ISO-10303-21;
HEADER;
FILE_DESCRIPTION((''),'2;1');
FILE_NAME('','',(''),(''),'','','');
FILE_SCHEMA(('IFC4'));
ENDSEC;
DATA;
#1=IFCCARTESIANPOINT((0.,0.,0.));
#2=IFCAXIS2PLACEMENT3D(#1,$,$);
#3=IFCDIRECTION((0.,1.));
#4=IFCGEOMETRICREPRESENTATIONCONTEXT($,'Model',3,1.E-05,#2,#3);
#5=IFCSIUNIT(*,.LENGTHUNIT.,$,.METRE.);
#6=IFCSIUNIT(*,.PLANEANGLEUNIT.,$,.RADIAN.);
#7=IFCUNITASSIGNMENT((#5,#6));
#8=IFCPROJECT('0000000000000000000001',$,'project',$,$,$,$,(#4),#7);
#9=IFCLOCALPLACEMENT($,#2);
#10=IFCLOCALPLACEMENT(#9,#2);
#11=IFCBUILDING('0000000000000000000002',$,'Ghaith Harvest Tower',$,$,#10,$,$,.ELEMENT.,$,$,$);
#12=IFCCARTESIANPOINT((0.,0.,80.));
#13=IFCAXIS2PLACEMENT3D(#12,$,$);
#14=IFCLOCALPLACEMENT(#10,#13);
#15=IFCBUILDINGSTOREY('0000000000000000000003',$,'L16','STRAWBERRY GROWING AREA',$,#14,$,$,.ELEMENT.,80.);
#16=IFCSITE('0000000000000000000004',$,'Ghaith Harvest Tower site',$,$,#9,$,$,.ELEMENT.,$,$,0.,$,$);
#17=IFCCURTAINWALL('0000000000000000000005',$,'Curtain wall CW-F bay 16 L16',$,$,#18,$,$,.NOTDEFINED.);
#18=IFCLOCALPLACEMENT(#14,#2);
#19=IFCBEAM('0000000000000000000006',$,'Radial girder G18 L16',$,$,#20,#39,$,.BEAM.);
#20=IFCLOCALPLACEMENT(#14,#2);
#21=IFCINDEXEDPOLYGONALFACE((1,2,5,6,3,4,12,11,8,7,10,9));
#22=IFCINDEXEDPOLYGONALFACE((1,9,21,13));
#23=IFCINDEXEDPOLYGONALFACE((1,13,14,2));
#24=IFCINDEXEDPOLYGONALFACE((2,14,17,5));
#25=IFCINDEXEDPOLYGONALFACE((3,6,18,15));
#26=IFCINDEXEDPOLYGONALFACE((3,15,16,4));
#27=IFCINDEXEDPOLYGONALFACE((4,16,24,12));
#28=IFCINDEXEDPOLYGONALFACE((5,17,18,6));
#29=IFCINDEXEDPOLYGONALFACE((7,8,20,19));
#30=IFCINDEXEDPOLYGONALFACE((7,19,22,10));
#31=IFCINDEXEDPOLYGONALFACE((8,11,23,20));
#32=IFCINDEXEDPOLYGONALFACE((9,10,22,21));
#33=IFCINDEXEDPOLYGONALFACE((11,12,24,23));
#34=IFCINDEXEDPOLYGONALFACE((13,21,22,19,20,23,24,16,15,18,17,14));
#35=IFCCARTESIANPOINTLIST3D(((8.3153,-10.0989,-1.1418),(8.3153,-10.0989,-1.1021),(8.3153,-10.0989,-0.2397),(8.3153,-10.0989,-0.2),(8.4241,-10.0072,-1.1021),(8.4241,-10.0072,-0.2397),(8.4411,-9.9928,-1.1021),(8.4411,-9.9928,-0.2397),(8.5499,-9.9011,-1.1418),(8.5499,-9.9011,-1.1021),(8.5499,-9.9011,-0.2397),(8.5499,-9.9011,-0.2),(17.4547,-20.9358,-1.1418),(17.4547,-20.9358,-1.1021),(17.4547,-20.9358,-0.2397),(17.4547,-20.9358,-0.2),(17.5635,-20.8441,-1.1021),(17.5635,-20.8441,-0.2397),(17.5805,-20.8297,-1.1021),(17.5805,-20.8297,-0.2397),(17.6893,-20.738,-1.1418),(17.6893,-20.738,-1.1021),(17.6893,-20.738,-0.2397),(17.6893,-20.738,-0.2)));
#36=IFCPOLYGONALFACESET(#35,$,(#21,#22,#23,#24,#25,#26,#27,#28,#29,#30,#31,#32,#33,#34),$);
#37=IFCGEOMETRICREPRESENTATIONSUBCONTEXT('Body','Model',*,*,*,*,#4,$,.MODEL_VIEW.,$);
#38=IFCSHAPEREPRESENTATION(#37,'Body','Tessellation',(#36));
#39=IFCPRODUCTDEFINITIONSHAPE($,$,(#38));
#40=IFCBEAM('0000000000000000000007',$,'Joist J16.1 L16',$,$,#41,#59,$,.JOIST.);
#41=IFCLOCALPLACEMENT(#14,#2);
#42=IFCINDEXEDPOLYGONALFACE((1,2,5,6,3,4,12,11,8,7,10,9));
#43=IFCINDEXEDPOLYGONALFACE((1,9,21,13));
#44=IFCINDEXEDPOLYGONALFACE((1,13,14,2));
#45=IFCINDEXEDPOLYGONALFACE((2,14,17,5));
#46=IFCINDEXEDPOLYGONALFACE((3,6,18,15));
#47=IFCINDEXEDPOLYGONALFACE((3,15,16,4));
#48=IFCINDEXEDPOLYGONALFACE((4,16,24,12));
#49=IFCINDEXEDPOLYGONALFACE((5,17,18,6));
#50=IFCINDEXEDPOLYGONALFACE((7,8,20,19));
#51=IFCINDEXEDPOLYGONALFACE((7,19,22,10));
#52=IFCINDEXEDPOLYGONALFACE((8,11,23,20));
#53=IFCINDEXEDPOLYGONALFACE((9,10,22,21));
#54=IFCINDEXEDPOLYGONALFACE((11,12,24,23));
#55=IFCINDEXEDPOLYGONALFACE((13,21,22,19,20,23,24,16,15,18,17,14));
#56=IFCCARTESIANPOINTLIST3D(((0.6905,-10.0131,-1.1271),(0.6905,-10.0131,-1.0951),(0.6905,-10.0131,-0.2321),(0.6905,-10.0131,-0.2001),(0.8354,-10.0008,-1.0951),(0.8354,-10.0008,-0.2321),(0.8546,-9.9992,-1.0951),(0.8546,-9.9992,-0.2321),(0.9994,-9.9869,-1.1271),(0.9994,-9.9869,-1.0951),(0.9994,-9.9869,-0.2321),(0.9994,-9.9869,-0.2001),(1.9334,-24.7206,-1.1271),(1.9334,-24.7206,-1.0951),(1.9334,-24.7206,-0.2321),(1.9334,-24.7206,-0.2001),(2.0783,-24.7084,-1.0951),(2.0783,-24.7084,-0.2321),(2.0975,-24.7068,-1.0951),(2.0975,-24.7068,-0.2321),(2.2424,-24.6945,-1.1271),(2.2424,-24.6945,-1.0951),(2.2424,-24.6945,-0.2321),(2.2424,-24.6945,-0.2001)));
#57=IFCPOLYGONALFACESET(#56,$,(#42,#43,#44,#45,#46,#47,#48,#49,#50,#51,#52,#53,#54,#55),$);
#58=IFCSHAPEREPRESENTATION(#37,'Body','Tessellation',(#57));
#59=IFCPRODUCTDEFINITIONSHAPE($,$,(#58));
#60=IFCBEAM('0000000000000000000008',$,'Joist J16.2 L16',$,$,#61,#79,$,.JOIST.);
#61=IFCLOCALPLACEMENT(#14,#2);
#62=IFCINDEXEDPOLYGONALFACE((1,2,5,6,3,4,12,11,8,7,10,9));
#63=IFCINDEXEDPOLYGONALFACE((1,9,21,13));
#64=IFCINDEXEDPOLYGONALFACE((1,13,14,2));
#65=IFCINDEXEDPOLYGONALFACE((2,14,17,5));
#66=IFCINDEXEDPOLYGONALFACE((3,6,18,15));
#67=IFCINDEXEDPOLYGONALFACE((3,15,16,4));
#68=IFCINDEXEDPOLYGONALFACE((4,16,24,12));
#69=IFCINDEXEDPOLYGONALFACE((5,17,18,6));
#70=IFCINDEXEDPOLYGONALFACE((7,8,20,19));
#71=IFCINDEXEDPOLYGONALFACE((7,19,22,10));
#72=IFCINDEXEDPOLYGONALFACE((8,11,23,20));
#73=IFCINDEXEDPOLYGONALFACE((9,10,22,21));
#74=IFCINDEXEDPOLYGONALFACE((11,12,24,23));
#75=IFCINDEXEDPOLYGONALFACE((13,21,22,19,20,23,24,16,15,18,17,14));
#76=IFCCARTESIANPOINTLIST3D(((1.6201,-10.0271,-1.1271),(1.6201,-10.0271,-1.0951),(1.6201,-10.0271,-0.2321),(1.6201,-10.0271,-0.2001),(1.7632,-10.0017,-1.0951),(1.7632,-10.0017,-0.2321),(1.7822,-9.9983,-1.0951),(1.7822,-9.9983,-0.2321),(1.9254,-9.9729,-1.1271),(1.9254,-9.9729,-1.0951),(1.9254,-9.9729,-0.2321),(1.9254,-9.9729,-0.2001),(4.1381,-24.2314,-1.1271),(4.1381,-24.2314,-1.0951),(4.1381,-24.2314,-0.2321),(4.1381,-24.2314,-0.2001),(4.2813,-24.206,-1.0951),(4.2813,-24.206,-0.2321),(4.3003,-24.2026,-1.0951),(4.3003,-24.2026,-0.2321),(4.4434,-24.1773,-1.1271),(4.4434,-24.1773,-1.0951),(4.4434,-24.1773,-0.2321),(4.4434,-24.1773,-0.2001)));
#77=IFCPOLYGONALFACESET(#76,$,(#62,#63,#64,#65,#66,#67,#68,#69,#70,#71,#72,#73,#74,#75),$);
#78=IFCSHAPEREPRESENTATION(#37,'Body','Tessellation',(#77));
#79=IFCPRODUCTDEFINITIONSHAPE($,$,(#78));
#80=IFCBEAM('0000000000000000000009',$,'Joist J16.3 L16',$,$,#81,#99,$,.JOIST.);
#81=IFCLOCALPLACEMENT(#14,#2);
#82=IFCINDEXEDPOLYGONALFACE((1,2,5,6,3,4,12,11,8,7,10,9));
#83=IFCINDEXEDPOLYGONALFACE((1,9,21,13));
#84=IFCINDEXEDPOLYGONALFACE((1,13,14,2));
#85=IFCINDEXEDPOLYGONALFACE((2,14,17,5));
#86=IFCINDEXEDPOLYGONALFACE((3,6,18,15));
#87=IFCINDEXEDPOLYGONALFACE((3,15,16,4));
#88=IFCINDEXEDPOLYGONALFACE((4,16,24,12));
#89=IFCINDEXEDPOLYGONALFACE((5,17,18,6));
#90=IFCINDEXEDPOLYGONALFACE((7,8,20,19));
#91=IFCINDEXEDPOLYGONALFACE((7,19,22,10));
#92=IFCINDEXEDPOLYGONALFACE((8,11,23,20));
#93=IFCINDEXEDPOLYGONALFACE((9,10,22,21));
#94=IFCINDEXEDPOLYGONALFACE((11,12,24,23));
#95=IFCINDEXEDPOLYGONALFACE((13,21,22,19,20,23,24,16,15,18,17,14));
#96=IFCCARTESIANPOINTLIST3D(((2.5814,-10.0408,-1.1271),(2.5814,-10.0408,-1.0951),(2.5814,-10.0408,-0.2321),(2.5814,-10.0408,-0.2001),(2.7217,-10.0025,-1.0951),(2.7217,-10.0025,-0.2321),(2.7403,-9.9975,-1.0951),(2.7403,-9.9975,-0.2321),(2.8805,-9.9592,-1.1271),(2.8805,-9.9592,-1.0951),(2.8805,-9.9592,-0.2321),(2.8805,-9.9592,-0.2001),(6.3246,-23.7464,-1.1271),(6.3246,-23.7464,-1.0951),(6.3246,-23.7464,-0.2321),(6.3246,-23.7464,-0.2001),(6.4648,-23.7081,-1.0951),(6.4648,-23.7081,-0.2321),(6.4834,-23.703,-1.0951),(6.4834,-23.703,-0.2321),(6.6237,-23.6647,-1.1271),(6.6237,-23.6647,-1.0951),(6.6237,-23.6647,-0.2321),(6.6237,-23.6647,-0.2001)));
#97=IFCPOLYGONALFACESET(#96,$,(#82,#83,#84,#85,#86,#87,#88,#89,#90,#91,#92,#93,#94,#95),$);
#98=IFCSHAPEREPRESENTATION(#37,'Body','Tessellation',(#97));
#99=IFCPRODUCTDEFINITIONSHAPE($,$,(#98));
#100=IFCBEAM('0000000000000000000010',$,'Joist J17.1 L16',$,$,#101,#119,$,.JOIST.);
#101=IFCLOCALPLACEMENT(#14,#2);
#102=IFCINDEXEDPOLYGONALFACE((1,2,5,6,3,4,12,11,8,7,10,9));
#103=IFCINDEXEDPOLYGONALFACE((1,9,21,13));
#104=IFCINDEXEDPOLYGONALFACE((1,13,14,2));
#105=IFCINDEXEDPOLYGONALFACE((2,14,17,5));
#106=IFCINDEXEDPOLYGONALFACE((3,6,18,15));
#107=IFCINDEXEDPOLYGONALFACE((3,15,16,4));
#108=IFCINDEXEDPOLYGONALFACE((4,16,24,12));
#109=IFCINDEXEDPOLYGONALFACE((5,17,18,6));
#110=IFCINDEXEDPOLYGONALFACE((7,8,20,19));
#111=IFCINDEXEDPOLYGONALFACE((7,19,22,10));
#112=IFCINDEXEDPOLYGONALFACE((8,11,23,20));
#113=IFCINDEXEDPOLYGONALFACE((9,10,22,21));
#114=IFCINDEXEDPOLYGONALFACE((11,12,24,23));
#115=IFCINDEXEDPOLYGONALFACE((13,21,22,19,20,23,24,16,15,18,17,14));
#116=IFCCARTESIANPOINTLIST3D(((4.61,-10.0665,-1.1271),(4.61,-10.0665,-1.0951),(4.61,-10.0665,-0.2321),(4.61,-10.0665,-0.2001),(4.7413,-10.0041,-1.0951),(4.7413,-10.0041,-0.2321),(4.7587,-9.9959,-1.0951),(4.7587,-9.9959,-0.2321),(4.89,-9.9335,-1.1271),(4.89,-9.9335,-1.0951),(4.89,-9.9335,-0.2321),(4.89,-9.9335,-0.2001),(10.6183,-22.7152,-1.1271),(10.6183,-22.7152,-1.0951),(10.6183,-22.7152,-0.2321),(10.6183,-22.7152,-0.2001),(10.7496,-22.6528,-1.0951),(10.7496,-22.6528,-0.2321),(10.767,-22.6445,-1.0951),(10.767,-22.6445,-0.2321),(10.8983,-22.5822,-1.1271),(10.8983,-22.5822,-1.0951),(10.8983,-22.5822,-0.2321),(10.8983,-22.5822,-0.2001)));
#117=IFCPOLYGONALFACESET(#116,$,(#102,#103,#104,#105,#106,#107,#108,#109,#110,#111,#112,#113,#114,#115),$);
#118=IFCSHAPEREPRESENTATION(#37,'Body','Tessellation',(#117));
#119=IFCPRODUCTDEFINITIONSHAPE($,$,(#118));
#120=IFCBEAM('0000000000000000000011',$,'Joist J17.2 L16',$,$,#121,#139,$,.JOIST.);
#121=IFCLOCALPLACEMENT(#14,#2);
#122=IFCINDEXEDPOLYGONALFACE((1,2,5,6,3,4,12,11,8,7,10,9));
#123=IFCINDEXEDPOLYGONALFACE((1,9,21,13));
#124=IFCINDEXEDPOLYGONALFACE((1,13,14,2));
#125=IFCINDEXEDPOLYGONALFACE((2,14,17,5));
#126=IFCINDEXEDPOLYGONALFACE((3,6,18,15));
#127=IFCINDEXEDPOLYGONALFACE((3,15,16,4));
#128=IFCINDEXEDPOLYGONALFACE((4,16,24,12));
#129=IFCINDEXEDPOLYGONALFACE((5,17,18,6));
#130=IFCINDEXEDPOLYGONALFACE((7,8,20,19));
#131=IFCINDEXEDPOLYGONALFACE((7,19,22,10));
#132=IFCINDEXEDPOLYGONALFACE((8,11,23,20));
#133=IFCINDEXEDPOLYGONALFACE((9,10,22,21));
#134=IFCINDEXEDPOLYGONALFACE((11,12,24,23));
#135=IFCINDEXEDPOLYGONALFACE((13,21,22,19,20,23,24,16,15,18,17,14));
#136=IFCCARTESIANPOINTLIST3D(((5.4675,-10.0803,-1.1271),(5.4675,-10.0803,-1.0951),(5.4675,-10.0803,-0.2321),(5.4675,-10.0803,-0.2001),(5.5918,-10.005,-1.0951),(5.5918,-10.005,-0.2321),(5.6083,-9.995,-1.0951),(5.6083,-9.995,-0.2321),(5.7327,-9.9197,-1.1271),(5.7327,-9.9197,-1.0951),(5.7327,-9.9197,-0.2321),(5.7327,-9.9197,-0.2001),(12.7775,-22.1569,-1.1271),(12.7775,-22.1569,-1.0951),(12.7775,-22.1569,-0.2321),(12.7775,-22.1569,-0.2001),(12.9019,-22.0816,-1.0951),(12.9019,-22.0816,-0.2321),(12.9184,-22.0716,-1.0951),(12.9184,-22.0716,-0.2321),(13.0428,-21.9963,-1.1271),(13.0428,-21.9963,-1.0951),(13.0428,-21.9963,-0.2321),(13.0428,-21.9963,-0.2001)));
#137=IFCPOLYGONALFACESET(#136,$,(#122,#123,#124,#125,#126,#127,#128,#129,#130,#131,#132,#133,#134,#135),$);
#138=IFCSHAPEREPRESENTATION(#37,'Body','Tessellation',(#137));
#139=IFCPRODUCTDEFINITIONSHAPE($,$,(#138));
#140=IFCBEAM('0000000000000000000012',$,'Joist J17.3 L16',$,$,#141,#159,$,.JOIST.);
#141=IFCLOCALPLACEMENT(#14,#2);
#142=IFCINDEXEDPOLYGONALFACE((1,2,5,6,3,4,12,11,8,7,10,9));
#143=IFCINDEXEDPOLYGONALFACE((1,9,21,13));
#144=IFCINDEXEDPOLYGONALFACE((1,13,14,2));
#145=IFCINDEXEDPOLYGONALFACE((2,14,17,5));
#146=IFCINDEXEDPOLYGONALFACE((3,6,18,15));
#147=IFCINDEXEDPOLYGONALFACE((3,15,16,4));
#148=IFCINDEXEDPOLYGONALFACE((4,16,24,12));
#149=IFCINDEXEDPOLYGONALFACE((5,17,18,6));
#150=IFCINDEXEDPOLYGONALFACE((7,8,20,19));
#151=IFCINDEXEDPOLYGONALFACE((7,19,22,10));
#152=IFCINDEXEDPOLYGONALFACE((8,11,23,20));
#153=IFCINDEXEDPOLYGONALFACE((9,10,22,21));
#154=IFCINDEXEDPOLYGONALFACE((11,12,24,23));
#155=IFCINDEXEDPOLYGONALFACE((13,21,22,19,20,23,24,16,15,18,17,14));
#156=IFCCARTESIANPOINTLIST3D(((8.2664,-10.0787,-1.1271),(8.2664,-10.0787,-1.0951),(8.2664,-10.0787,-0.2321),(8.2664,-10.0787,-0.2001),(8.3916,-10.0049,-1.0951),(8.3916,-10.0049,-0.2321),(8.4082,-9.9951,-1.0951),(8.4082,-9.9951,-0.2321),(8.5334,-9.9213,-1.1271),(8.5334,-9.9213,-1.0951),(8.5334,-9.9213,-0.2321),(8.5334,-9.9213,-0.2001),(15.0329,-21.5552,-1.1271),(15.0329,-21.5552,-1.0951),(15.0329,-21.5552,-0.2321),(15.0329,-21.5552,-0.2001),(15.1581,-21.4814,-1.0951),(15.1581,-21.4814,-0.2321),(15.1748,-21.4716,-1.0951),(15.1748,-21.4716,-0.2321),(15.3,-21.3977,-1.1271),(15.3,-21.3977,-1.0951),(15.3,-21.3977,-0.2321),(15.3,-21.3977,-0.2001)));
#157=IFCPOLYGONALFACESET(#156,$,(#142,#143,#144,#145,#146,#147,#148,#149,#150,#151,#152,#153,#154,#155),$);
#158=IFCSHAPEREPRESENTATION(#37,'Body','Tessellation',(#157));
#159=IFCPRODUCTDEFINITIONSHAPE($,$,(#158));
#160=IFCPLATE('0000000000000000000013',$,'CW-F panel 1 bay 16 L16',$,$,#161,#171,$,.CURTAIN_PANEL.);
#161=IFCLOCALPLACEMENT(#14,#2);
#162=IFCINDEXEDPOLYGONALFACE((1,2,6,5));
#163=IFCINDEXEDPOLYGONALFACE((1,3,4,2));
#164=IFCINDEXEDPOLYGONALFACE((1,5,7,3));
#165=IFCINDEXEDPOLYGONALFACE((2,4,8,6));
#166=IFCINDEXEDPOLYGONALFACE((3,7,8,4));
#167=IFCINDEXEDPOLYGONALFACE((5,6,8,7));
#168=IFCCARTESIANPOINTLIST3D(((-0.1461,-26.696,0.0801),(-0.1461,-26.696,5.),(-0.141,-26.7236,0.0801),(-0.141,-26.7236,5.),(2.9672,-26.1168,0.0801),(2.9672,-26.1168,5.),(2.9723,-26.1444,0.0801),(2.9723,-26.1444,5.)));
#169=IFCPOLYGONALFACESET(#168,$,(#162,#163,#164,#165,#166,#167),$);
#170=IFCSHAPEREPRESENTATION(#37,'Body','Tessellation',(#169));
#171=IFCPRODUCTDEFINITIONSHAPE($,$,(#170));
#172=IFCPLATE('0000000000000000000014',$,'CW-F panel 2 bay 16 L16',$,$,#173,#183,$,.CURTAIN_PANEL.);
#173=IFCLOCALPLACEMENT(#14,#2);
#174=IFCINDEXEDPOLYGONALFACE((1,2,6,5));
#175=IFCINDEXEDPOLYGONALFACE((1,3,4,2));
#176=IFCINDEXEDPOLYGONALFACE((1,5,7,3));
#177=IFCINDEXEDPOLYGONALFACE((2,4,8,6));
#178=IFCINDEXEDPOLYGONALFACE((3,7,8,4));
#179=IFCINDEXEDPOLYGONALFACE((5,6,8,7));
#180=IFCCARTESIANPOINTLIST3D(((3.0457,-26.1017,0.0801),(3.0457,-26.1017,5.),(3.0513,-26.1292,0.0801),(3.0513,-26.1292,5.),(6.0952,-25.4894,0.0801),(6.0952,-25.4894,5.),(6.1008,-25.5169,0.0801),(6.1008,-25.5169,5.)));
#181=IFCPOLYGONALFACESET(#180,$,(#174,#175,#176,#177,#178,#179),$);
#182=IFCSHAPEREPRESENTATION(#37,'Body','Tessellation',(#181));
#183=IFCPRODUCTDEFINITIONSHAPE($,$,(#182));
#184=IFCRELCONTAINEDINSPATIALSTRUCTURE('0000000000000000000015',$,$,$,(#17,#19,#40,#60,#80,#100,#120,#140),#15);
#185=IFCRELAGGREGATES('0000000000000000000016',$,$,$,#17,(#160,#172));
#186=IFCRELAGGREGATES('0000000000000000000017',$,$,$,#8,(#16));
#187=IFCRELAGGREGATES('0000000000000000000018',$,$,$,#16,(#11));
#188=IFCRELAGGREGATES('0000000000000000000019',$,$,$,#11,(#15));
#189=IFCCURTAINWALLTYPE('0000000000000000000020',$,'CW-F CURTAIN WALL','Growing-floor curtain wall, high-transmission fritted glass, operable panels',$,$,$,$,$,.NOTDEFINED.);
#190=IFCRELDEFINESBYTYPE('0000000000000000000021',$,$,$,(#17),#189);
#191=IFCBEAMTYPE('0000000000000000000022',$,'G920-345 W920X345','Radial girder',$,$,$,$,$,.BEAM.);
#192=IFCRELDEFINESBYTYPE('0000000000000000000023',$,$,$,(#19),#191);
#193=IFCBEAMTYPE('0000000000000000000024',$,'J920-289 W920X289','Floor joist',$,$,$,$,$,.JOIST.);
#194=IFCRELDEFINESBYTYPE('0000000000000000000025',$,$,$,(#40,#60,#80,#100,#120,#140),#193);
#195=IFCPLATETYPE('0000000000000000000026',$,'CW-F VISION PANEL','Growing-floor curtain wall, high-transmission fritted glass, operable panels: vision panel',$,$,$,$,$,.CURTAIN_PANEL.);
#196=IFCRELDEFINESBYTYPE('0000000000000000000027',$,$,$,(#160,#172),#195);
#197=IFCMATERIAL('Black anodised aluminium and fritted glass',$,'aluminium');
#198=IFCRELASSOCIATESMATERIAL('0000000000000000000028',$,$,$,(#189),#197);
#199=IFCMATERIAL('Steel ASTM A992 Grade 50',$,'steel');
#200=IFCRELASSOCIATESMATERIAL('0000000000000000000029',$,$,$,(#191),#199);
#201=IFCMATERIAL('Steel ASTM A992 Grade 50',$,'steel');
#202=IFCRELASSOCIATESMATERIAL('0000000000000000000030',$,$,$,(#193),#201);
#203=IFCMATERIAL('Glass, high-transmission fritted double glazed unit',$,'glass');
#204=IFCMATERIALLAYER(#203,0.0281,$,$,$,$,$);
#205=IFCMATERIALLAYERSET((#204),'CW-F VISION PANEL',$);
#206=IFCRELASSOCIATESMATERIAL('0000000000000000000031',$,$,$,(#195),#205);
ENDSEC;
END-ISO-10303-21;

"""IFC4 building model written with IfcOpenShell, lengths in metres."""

from ifc_helpers import new_model, si_unit, direction, frame, origin, origin_2d, place, context, subcontext, project, spatial, rectangle, i_section, extrude, material, layer, layer_set, material_profile, profile_set, type_object, element, aggregate, save


model = new_model("IFC4")

# Units and contexts
model_context = context("Model", 3, precision=1e-05, world=origin(), true_north=direction((0.0, 1.0)))
body_context = subcontext(model_context, "Body", "Model", "MODEL_VIEW")
ifc_project = project(units=[si_unit("LENGTHUNIT", "METRE"), si_unit("PLANEANGLEUNIT", "RADIAN")], contexts=[model_context])

# Site, building, storey
site_placement = place(None, origin())
site = spatial("IfcSite", under=ifc_project, at=site_placement, Name="Ghaith Harvest Tower site", CompositionType="ELEMENT", RefElevation=0.0)
building_placement = place(site_placement, origin())
building = spatial("IfcBuilding", under=site, at=building_placement, Name="Ghaith Harvest Tower", CompositionType="ELEMENT")
storey_placement = place(building_placement, frame((0.0, 0.0, 80.0)))
storey = spatial("IfcBuildingStorey", under=building, at=storey_placement, Name="L16", Description="STRAWBERRY GROWING AREA", CompositionType="ELEMENT", Elevation=80.0)

# Curtain wall
ifc_material_1 = material(Name="Black anodised aluminium and fritted glass", Category="aluminium")
curtain_wall_type = type_object("IfcCurtainWallType", Name="CW-F CURTAIN WALL", Description="Growing-floor curtain wall, high-transmission fritted glass, operable panels", PredefinedType="NOTDEFINED", material=ifc_material_1)
curtain_wall_1_placement = place(storey_placement, origin())
curtain_wall_1 = element("IfcCurtainWall", 1, at=curtain_wall_1_placement, inside=storey, type_object=curtain_wall_type, Name="Curtain wall CW-F bay 16 L16", PredefinedType="NOTDEFINED")

# Beams
ifc_material_2 = material(Name="Steel ASTM A992 Grade 50", Category="steel")
ifc_material_profile_1 = material_profile(ifc_material_2, i_section(OverallWidth=0.3069, OverallDepth=0.9419, WebThickness=0.0222, FlangeThickness=0.0398, at=origin_2d()), Name="W920X345")
ifc_profile_set_1 = profile_set([ifc_material_profile_1], Name="Steel ASTM A992 Grade 50")
beam_type_1 = type_object("IfcBeamType", Name="G920-345 W920X345", Description="Radial girder", PredefinedType="BEAM", material=ifc_profile_set_1)
beam_1_placement = place(storey_placement, frame((8.4326, -10.0, -0.6709), z_axis=(0.644696, -0.764439, 0.0), x_axis=(0.764439, 0.644696, 0.0)))
element("IfcBeam", 2, at=beam_1_placement, inside=storey, type_object=beam_type_1, Name="Radial girder G18 L16", PredefinedType="BEAM", context=body_context, shape_type="SweptSolid", body=[
    extrude(i_section(OverallWidth=0.3069, OverallDepth=0.9419, WebThickness=0.0222, FlangeThickness=0.0398, at=origin_2d()), origin(), (0.0, 0.0, 1.0), 14.1763),
])
ifc_material_3 = material(Name="Steel ASTM A992 Grade 50", Category="steel")
ifc_material_profile_2 = material_profile(ifc_material_3, i_section(OverallWidth=0.3101, OverallDepth=0.927, WebThickness=0.0193, FlangeThickness=0.032, at=origin_2d()), Name="W920X289")
ifc_profile_set_2 = profile_set([ifc_material_profile_2], Name="Steel ASTM A992 Grade 50")
beam_type_2 = type_object("IfcBeamType", Name="J920-289 W920X289", Description="Floor joist", PredefinedType="JOIST", material=ifc_profile_set_2)
beam_2_placement = place(storey_placement, frame((0.845, -10.0, -0.6636), z_axis=(0.084209, -0.996448, 0.0), x_axis=(0.996448, 0.084209, 0.0)))
element("IfcBeam", 3, at=beam_2_placement, inside=storey, type_object=beam_type_2, Name="Joist J16.1 L16", PredefinedType="JOIST", context=body_context, shape_type="SweptSolid", body=[
    extrude(i_section(OverallWidth=0.3101, OverallDepth=0.927, WebThickness=0.0193, FlangeThickness=0.032, at=origin_2d()), origin(), (0.0, 0.0, 1.0), 14.76),
])
beam_3_placement = place(storey_placement, frame((1.7727, -10.0, -0.6636), z_axis=(0.174553, -0.984648, 0.0), x_axis=(0.984648, 0.174553, 0.0)))
element("IfcBeam", 4, at=beam_3_placement, inside=storey, type_object=beam_type_2, Name="Joist J16.2 L16", PredefinedType="JOIST", context=body_context, shape_type="SweptSolid", body=[
    extrude(i_section(OverallWidth=0.3101, OverallDepth=0.927, WebThickness=0.0193, FlangeThickness=0.032, at=origin_2d()), origin(), (0.0, 0.0, 1.0), 14.4258),
])
beam_4_placement = place(storey_placement, frame((2.731, -10.0, -0.6636), z_axis=(0.263463, -0.964669, 0.0), x_axis=(0.964669, 0.263463, 0.0)))
element("IfcBeam", 5, at=beam_4_placement, inside=storey, type_object=beam_type_2, Name="Joist J16.3 L16", PredefinedType="JOIST", context=body_context, shape_type="SweptSolid", body=[
    extrude(i_section(OverallWidth=0.3101, OverallDepth=0.927, WebThickness=0.0193, FlangeThickness=0.032, at=origin_2d()), origin(), (0.0, 0.0, 1.0), 14.2075),
])
beam_5_placement = place(storey_placement, frame((4.75, -10.0, -0.6636), z_axis=(0.429067, -0.903273, 0.0), x_axis=(0.903273, 0.429067, 0.0)))
element("IfcBeam", 6, at=beam_5_placement, inside=storey, type_object=beam_type_2, Name="Joist J17.1 L16", PredefinedType="JOIST", context=body_context, shape_type="SweptSolid", body=[
    extrude(i_section(OverallWidth=0.3101, OverallDepth=0.927, WebThickness=0.0193, FlangeThickness=0.032, at=origin_2d()), origin(), (0.0, 0.0, 1.0), 14.0032),
])
beam_6_placement = place(storey_placement, frame((5.6001, -10.0, -0.6636), z_axis=(0.517829, -0.855484, 0.0), x_axis=(0.855484, 0.517829, 0.0)))
element("IfcBeam", 7, at=beam_6_placement, inside=storey, type_object=beam_type_2, Name="Joist J17.2 L16", PredefinedType="JOIST", context=body_context, shape_type="SweptSolid", body=[
    extrude(i_section(OverallWidth=0.3101, OverallDepth=0.927, WebThickness=0.0193, FlangeThickness=0.032, at=origin_2d()), origin(), (0.0, 0.0, 1.0), 14.1167),
])
beam_7_placement = place(storey_placement, frame((8.3999, -10.0, -0.6636), z_axis=(0.507894, -0.861419, 0.0), x_axis=(0.861419, 0.507894, 0.0)))
element("IfcBeam", 8, at=beam_7_placement, inside=storey, type_object=beam_type_2, Name="Joist J17.3 L16", PredefinedType="JOIST", context=body_context, shape_type="SweptSolid", body=[
    extrude(i_section(OverallWidth=0.3101, OverallDepth=0.927, WebThickness=0.0193, FlangeThickness=0.032, at=origin_2d()), origin(), (0.0, 0.0, 1.0), 13.3228),
])

# Plates
ifc_material_4 = material(Name="Glass, high-transmission fritted double glazed unit", Category="glass")
ifc_layer_1 = layer(ifc_material_4, 0.0281)
ifc_layer_set_1 = layer_set([ifc_layer_1], Name="CW-F VISION PANEL")
plate_type = type_object("IfcPlateType", Name="CW-F VISION PANEL", Description="Growing-floor curtain wall, high-transmission fritted glass, operable panels: vision panel", PredefinedType="CURTAIN_PANEL", material=ifc_layer_set_1)
plate_1_placement = place(storey_placement, frame((1.4131, -26.4202, 0.0801), z_axis=(0.0, 0.0, 1.0), x_axis=(0.983131, 0.182902, 0.0)))
plate_1 = element("IfcPlate", 9, at=plate_1_placement, type_object=plate_type, Name="CW-F panel 1 bay 16 L16", PredefinedType="CURTAIN_PANEL", context=body_context, shape_type="SweptSolid", body=[
    extrude(rectangle(XDim=3.1667, YDim=0.0281, at=origin_2d()), origin(), (0.0, 0.0, 1.0), 4.9199),
])
plate_2_placement = place(storey_placement, frame((4.5732, -25.8093, 0.0801), z_axis=(0.0, 0.0, 1.0), x_axis=(0.980432, 0.196856, 0.0)))
plate_2 = element("IfcPlate", 10, at=plate_2_placement, type_object=plate_type, Name="CW-F panel 2 bay 16 L16", PredefinedType="CURTAIN_PANEL", context=body_context, shape_type="SweptSolid", body=[
    extrude(rectangle(XDim=3.1104, YDim=0.0281, at=origin_2d()), origin(), (0.0, 0.0, 1.0), 4.9199),
])
aggregate(curtain_wall_1, [plate_1, plate_2])

save(model, "model.ifc")
